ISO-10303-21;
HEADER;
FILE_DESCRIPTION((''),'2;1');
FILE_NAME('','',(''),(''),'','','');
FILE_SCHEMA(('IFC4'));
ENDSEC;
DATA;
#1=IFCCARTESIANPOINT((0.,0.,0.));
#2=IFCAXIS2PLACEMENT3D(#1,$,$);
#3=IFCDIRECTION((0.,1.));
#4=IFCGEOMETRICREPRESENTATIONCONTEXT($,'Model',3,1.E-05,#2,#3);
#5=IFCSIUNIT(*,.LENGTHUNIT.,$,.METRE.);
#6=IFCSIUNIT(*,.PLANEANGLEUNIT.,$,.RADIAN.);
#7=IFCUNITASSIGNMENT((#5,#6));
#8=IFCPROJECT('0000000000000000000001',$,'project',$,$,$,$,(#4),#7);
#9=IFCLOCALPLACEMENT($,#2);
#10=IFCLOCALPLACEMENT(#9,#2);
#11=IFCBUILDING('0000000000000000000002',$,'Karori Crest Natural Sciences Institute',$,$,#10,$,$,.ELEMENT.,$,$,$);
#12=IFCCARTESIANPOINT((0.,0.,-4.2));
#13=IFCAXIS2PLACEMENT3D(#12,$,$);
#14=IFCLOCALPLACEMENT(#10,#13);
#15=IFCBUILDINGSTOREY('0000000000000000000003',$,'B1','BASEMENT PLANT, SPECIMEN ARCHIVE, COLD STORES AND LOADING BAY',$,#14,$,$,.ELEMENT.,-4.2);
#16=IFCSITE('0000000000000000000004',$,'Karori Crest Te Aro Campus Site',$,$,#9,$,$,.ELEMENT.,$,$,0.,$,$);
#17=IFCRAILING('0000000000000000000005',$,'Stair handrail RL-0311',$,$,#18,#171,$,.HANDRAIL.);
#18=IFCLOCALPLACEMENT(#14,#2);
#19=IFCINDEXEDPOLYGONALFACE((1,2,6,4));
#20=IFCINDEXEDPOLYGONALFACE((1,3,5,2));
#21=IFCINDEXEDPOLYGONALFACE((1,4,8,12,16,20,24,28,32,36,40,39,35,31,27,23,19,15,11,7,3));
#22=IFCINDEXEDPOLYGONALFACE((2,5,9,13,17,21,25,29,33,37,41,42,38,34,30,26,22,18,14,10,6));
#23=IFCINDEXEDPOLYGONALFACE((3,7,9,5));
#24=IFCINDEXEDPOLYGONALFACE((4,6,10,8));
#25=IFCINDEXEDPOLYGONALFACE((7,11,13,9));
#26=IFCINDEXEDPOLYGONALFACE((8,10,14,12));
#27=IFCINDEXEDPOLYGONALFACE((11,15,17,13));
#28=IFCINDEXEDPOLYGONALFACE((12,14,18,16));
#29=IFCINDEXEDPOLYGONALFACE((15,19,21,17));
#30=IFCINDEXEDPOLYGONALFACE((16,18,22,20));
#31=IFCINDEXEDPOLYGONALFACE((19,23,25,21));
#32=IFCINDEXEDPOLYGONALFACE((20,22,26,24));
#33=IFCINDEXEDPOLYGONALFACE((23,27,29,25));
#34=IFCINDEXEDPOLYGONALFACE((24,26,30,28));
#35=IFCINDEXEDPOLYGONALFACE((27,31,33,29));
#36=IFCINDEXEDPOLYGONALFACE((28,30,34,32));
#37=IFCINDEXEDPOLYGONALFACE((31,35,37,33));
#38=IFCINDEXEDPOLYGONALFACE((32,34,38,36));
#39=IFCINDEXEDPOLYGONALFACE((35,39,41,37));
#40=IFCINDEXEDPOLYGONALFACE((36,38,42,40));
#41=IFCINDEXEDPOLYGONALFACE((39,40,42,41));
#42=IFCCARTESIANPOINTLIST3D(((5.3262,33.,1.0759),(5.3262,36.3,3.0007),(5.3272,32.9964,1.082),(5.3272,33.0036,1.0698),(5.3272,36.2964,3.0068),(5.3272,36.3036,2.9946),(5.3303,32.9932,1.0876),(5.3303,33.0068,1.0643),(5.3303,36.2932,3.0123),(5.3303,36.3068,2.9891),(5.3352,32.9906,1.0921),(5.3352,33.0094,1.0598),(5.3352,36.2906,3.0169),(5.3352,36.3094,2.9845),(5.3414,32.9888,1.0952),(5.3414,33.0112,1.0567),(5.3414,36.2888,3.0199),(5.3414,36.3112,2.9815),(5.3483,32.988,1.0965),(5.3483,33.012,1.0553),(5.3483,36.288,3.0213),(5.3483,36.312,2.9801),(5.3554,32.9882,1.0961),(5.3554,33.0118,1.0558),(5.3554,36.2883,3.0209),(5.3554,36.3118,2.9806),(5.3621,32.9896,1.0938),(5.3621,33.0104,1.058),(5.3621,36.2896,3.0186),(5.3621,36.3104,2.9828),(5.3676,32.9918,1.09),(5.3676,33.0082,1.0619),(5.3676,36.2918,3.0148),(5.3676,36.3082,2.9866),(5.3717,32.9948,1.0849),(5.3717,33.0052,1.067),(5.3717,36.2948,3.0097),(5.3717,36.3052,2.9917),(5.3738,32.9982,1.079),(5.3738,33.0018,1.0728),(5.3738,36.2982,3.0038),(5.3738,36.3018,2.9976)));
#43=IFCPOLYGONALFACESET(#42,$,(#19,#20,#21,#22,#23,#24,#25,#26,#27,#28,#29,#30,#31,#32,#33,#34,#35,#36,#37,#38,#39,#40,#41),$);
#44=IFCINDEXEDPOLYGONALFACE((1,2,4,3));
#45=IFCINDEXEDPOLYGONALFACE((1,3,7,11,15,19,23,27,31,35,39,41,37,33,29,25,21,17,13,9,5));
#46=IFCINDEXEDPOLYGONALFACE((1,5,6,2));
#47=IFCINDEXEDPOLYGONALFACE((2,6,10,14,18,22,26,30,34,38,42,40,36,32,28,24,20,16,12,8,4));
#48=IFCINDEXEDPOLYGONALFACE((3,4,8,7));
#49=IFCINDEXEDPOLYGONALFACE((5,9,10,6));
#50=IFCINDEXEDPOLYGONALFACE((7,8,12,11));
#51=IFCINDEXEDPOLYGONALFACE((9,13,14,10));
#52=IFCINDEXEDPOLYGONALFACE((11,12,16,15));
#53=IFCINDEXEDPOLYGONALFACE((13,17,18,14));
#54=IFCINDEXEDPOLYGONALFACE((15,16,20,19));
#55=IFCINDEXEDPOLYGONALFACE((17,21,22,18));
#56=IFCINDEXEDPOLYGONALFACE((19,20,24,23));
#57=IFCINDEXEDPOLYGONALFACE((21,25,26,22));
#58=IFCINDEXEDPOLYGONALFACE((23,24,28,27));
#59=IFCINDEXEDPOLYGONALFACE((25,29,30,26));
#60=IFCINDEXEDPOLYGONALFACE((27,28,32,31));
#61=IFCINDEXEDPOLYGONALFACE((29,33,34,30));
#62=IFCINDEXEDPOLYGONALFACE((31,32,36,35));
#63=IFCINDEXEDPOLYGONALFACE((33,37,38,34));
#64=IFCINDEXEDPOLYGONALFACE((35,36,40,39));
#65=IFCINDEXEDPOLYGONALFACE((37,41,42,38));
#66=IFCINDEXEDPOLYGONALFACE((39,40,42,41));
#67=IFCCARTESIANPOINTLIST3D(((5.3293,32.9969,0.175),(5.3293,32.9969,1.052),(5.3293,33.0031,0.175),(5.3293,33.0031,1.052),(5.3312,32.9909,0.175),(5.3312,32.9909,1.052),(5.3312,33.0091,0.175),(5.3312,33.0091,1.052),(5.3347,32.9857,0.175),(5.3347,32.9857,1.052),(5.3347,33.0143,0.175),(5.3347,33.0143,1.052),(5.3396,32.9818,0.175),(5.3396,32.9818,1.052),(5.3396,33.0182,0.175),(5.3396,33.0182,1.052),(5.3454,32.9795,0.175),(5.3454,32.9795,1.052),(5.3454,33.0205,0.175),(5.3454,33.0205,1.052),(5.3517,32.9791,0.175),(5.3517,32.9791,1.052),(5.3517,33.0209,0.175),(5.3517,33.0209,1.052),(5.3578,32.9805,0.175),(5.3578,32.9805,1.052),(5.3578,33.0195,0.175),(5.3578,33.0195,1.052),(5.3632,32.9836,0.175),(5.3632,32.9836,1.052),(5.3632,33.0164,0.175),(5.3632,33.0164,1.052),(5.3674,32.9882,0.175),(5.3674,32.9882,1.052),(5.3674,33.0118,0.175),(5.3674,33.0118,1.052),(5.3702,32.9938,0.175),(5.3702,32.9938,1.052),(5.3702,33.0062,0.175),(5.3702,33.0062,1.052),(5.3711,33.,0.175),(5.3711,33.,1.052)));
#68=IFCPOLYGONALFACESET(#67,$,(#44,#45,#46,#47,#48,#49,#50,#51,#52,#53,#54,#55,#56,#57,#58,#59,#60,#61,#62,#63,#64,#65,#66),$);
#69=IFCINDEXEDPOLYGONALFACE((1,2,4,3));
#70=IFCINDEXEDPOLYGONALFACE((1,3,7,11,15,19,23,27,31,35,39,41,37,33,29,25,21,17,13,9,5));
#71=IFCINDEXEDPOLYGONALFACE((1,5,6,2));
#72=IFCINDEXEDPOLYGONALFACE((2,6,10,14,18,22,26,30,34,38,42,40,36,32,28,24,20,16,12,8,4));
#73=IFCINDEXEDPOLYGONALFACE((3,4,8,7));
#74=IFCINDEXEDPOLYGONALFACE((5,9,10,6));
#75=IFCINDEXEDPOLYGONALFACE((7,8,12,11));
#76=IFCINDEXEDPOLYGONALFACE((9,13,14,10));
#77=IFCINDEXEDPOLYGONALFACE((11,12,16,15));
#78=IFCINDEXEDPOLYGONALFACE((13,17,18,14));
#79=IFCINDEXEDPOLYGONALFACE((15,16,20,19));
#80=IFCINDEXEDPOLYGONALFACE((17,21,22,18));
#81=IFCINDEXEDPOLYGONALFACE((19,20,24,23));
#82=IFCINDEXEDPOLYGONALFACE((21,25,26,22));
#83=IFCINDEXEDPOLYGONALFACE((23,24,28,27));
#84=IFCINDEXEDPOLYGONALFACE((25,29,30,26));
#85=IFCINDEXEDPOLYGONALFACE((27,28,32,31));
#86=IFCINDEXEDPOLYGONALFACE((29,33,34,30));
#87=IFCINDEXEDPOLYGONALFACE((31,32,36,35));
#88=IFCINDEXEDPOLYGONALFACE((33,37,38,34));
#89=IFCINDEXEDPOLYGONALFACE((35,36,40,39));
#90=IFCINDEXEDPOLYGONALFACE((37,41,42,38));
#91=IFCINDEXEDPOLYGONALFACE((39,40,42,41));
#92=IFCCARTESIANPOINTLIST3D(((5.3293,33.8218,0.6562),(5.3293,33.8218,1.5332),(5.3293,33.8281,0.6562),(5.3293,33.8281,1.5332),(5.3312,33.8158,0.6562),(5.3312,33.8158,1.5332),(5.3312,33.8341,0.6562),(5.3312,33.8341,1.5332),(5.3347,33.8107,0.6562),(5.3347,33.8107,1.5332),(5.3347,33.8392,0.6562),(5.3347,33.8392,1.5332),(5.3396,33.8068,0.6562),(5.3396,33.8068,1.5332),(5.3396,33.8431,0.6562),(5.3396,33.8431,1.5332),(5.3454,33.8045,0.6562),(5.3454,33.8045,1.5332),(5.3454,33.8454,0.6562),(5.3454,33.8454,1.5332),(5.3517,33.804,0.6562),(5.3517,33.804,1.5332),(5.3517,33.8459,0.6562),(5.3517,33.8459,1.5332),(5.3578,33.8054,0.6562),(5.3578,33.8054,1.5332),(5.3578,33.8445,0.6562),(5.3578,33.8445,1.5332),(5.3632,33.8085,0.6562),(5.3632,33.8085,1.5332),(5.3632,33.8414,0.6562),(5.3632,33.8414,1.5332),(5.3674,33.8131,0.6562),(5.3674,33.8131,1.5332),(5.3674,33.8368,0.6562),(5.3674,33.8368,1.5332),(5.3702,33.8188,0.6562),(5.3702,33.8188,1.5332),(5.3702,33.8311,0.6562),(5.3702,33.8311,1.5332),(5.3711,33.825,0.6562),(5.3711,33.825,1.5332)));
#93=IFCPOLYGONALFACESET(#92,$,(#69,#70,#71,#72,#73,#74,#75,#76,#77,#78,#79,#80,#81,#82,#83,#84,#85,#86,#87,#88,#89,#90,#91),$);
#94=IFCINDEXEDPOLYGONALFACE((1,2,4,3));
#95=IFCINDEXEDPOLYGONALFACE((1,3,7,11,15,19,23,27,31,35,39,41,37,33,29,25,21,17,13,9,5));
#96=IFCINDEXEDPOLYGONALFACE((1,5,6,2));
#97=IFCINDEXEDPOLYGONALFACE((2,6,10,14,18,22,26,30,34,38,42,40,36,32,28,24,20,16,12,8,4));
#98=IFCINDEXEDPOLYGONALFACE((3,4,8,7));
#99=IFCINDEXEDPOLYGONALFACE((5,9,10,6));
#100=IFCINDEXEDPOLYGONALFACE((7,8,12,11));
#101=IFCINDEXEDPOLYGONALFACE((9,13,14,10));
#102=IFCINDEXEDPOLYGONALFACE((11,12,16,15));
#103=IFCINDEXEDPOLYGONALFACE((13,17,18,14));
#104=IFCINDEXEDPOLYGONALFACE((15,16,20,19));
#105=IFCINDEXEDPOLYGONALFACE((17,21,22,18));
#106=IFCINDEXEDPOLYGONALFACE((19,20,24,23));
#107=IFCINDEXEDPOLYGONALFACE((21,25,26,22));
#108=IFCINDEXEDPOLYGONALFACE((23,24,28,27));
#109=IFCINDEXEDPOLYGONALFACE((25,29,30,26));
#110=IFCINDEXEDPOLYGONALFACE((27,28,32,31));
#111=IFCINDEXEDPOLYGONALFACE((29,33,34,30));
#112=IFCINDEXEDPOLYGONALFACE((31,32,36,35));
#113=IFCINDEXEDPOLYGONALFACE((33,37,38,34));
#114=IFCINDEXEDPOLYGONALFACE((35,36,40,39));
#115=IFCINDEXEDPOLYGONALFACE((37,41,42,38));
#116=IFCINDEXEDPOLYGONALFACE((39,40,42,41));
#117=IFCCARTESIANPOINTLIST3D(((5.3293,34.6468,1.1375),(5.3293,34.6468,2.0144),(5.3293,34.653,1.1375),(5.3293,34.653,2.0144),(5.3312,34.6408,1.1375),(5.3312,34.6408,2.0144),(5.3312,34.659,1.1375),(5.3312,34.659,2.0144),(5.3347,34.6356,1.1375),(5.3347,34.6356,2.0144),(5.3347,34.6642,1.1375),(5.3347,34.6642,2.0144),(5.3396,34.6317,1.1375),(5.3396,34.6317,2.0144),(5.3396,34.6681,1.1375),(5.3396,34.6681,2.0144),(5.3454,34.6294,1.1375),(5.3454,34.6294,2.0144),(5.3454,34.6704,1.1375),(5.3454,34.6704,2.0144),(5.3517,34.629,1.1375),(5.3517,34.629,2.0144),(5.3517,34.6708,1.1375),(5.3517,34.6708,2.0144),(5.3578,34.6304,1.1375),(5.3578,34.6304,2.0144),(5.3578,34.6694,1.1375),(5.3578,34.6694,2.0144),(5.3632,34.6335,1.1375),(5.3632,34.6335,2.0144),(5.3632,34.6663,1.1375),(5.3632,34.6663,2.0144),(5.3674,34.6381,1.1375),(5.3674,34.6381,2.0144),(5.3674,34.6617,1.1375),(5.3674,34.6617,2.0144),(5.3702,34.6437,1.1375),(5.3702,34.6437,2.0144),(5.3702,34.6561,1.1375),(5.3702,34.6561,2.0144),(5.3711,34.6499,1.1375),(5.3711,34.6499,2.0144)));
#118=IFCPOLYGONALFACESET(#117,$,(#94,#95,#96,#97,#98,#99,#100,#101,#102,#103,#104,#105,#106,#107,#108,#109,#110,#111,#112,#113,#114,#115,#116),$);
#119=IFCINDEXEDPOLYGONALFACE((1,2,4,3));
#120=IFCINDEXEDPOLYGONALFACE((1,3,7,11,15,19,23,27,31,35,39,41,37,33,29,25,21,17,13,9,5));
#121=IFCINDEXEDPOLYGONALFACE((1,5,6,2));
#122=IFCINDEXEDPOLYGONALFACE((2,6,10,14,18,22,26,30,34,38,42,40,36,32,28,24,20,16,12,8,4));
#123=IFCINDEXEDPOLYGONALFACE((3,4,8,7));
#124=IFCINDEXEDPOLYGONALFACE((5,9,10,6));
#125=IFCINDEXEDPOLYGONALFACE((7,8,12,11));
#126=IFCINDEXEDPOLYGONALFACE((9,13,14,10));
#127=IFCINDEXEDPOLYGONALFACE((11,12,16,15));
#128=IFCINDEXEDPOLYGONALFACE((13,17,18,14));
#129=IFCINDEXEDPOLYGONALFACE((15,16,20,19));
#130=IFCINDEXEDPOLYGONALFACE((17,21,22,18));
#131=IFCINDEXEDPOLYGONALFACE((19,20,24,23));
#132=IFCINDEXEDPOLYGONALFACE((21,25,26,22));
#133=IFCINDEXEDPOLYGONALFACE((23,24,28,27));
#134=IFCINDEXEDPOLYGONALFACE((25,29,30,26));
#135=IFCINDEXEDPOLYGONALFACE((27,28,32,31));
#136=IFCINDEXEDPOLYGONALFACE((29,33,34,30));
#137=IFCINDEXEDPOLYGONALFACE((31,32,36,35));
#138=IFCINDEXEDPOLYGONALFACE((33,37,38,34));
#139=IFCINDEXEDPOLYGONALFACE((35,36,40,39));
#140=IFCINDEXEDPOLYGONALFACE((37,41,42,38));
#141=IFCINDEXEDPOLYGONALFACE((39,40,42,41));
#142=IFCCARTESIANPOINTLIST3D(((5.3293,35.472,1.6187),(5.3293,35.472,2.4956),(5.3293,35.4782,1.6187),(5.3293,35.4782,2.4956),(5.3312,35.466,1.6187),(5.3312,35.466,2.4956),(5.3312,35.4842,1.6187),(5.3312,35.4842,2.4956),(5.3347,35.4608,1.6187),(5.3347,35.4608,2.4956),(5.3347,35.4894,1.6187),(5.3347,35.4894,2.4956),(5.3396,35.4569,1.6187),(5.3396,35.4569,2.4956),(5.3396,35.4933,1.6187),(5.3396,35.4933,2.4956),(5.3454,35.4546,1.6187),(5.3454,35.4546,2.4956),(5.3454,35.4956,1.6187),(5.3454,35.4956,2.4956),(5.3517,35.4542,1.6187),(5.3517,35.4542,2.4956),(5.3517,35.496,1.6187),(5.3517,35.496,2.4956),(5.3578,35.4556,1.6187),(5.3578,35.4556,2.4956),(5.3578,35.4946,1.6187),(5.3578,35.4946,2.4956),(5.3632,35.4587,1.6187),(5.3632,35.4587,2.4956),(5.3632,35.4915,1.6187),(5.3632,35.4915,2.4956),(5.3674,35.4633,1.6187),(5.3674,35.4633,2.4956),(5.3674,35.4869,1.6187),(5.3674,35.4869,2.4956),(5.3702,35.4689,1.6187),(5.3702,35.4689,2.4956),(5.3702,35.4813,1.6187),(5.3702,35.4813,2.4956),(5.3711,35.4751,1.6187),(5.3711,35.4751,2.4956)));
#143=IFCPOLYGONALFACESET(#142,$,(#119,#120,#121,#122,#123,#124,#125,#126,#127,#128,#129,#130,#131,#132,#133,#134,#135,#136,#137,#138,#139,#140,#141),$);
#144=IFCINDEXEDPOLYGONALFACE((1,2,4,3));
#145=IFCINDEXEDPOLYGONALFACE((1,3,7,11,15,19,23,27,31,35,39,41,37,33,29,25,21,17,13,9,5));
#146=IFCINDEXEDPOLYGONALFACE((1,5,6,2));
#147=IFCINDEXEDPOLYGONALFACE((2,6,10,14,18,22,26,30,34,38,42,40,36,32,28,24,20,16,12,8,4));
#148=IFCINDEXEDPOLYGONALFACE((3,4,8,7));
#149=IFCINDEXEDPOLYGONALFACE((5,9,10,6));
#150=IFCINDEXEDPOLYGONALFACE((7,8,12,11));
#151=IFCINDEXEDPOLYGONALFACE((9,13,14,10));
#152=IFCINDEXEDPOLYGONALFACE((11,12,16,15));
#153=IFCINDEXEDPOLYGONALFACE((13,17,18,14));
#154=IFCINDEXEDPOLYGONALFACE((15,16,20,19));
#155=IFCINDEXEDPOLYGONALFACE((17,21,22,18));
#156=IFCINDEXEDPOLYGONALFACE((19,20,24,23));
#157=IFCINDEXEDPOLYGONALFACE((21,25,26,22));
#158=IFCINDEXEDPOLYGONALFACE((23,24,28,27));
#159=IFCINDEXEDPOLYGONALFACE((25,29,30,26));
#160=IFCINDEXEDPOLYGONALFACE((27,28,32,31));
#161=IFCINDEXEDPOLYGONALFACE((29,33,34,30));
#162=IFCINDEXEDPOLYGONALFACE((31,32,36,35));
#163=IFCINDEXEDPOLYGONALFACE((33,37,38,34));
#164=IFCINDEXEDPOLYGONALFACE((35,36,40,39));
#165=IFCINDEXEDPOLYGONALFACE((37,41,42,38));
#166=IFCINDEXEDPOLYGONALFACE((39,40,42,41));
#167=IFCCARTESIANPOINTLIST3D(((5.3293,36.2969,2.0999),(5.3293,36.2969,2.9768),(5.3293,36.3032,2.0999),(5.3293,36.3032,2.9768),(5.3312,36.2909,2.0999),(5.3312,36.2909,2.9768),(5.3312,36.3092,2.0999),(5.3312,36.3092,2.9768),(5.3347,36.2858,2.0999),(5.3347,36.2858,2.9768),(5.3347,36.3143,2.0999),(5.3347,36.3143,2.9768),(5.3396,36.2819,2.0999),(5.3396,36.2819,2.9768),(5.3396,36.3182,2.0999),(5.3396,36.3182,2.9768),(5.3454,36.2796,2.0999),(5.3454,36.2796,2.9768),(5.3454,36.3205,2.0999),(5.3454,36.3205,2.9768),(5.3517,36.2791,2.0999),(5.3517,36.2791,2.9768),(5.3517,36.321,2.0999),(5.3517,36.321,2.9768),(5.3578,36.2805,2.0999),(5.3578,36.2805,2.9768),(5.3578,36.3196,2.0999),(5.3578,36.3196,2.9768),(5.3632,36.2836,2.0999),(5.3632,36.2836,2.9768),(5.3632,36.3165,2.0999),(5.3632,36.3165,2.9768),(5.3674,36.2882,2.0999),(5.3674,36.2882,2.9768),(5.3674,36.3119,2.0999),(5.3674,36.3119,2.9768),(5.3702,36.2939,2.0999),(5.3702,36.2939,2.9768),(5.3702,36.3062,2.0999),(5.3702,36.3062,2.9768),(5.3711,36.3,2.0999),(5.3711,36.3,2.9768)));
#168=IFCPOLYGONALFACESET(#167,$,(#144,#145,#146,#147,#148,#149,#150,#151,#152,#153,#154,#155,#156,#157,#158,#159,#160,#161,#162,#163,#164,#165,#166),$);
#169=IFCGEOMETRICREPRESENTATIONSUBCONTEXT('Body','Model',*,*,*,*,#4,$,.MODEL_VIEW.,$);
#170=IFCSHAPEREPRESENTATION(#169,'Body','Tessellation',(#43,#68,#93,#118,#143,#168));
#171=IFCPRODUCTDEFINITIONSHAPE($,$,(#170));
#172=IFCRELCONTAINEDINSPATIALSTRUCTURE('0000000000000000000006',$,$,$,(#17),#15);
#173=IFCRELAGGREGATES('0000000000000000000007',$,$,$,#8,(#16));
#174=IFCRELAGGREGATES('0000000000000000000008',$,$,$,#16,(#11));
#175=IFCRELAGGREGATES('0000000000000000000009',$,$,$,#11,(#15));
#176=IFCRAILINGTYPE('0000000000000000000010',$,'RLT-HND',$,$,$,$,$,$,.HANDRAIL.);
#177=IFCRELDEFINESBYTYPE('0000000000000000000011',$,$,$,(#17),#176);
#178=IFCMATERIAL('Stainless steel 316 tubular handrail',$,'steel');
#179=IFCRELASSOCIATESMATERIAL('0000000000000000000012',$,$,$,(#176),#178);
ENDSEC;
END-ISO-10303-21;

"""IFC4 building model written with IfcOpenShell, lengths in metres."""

from ifc_helpers import new_model, si_unit, direction, frame, origin, origin_2d, place, context, subcontext, project, spatial, circle, extrude, material, type_object, element, save


model = new_model("IFC4")

# Units and contexts
model_context = context("Model", 3, precision=1e-05, world=origin(), true_north=direction((0.0, 1.0)))
body_context = subcontext(model_context, "Body", "Model", "MODEL_VIEW")
ifc_project = project(units=[si_unit("LENGTHUNIT", "METRE"), si_unit("PLANEANGLEUNIT", "RADIAN")], contexts=[model_context])

# Site, building, storey
site_placement = place(None, origin())
site = spatial("IfcSite", under=ifc_project, at=site_placement, Name="Karori Crest Te Aro Campus Site", CompositionType="ELEMENT", RefElevation=0.0)
building_placement = place(site_placement, origin())
building = spatial("IfcBuilding", under=site, at=building_placement, Name="Karori Crest Natural Sciences Institute", CompositionType="ELEMENT")
storey_placement = place(building_placement, frame((0.0, 0.0, -4.2)))
storey = spatial("IfcBuildingStorey", under=building, at=storey_placement, Name="B1", Description="BASEMENT PLANT, SPECIMEN ARCHIVE, COLD STORES AND LOADING BAY", CompositionType="ELEMENT", Elevation=-4.2)

# Railing
ifc_material_1 = material(Name="Stainless steel 316 tubular handrail", Category="steel")
railing_type_1 = type_object("IfcRailingType", Name="RLT-HND", PredefinedType="HANDRAIL", material=ifc_material_1)
railing_1_placement = place(storey_placement, frame((5.3501, 33.0, 0.175)))
element("IfcRailing", 1, at=railing_1_placement, inside=storey, type_object=railing_type_1, Name="Stair handrail RL-0311", PredefinedType="HANDRAIL", context=body_context, shape_type="SweptSolid", body=[
    extrude(circle(Radius=0.0239, at=origin_2d()), frame((0.0, 0.0, 0.9009), z_axis=(0.0, 0.863804, 0.503827), x_axis=(-1.0, 0.0, 0.0)), (0.0, 0.0, 1.0), 3.8203),
    extrude(circle(Radius=0.021, at=origin_2d()), origin(), (0.0, 0.0, 1.0), 0.877),
    extrude(circle(Radius=0.021, at=origin_2d()), frame((0.0, 0.825, 0.4812)), (0.0, 0.0, 1.0), 0.877),
    extrude(circle(Radius=0.021, at=origin_2d()), frame((0.0, 1.6499, 0.9624)), (0.0, 0.0, 1.0), 0.877),
    extrude(circle(Radius=0.021, at=origin_2d()), frame((0.0, 2.4751, 1.4436)), (0.0, 0.0, 1.0), 0.877),
    extrude(circle(Radius=0.021, at=origin_2d()), frame((0.0, 3.3, 1.9248)), (0.0, 0.0, 1.0), 0.877),
])

save(model, "model.ifc")
